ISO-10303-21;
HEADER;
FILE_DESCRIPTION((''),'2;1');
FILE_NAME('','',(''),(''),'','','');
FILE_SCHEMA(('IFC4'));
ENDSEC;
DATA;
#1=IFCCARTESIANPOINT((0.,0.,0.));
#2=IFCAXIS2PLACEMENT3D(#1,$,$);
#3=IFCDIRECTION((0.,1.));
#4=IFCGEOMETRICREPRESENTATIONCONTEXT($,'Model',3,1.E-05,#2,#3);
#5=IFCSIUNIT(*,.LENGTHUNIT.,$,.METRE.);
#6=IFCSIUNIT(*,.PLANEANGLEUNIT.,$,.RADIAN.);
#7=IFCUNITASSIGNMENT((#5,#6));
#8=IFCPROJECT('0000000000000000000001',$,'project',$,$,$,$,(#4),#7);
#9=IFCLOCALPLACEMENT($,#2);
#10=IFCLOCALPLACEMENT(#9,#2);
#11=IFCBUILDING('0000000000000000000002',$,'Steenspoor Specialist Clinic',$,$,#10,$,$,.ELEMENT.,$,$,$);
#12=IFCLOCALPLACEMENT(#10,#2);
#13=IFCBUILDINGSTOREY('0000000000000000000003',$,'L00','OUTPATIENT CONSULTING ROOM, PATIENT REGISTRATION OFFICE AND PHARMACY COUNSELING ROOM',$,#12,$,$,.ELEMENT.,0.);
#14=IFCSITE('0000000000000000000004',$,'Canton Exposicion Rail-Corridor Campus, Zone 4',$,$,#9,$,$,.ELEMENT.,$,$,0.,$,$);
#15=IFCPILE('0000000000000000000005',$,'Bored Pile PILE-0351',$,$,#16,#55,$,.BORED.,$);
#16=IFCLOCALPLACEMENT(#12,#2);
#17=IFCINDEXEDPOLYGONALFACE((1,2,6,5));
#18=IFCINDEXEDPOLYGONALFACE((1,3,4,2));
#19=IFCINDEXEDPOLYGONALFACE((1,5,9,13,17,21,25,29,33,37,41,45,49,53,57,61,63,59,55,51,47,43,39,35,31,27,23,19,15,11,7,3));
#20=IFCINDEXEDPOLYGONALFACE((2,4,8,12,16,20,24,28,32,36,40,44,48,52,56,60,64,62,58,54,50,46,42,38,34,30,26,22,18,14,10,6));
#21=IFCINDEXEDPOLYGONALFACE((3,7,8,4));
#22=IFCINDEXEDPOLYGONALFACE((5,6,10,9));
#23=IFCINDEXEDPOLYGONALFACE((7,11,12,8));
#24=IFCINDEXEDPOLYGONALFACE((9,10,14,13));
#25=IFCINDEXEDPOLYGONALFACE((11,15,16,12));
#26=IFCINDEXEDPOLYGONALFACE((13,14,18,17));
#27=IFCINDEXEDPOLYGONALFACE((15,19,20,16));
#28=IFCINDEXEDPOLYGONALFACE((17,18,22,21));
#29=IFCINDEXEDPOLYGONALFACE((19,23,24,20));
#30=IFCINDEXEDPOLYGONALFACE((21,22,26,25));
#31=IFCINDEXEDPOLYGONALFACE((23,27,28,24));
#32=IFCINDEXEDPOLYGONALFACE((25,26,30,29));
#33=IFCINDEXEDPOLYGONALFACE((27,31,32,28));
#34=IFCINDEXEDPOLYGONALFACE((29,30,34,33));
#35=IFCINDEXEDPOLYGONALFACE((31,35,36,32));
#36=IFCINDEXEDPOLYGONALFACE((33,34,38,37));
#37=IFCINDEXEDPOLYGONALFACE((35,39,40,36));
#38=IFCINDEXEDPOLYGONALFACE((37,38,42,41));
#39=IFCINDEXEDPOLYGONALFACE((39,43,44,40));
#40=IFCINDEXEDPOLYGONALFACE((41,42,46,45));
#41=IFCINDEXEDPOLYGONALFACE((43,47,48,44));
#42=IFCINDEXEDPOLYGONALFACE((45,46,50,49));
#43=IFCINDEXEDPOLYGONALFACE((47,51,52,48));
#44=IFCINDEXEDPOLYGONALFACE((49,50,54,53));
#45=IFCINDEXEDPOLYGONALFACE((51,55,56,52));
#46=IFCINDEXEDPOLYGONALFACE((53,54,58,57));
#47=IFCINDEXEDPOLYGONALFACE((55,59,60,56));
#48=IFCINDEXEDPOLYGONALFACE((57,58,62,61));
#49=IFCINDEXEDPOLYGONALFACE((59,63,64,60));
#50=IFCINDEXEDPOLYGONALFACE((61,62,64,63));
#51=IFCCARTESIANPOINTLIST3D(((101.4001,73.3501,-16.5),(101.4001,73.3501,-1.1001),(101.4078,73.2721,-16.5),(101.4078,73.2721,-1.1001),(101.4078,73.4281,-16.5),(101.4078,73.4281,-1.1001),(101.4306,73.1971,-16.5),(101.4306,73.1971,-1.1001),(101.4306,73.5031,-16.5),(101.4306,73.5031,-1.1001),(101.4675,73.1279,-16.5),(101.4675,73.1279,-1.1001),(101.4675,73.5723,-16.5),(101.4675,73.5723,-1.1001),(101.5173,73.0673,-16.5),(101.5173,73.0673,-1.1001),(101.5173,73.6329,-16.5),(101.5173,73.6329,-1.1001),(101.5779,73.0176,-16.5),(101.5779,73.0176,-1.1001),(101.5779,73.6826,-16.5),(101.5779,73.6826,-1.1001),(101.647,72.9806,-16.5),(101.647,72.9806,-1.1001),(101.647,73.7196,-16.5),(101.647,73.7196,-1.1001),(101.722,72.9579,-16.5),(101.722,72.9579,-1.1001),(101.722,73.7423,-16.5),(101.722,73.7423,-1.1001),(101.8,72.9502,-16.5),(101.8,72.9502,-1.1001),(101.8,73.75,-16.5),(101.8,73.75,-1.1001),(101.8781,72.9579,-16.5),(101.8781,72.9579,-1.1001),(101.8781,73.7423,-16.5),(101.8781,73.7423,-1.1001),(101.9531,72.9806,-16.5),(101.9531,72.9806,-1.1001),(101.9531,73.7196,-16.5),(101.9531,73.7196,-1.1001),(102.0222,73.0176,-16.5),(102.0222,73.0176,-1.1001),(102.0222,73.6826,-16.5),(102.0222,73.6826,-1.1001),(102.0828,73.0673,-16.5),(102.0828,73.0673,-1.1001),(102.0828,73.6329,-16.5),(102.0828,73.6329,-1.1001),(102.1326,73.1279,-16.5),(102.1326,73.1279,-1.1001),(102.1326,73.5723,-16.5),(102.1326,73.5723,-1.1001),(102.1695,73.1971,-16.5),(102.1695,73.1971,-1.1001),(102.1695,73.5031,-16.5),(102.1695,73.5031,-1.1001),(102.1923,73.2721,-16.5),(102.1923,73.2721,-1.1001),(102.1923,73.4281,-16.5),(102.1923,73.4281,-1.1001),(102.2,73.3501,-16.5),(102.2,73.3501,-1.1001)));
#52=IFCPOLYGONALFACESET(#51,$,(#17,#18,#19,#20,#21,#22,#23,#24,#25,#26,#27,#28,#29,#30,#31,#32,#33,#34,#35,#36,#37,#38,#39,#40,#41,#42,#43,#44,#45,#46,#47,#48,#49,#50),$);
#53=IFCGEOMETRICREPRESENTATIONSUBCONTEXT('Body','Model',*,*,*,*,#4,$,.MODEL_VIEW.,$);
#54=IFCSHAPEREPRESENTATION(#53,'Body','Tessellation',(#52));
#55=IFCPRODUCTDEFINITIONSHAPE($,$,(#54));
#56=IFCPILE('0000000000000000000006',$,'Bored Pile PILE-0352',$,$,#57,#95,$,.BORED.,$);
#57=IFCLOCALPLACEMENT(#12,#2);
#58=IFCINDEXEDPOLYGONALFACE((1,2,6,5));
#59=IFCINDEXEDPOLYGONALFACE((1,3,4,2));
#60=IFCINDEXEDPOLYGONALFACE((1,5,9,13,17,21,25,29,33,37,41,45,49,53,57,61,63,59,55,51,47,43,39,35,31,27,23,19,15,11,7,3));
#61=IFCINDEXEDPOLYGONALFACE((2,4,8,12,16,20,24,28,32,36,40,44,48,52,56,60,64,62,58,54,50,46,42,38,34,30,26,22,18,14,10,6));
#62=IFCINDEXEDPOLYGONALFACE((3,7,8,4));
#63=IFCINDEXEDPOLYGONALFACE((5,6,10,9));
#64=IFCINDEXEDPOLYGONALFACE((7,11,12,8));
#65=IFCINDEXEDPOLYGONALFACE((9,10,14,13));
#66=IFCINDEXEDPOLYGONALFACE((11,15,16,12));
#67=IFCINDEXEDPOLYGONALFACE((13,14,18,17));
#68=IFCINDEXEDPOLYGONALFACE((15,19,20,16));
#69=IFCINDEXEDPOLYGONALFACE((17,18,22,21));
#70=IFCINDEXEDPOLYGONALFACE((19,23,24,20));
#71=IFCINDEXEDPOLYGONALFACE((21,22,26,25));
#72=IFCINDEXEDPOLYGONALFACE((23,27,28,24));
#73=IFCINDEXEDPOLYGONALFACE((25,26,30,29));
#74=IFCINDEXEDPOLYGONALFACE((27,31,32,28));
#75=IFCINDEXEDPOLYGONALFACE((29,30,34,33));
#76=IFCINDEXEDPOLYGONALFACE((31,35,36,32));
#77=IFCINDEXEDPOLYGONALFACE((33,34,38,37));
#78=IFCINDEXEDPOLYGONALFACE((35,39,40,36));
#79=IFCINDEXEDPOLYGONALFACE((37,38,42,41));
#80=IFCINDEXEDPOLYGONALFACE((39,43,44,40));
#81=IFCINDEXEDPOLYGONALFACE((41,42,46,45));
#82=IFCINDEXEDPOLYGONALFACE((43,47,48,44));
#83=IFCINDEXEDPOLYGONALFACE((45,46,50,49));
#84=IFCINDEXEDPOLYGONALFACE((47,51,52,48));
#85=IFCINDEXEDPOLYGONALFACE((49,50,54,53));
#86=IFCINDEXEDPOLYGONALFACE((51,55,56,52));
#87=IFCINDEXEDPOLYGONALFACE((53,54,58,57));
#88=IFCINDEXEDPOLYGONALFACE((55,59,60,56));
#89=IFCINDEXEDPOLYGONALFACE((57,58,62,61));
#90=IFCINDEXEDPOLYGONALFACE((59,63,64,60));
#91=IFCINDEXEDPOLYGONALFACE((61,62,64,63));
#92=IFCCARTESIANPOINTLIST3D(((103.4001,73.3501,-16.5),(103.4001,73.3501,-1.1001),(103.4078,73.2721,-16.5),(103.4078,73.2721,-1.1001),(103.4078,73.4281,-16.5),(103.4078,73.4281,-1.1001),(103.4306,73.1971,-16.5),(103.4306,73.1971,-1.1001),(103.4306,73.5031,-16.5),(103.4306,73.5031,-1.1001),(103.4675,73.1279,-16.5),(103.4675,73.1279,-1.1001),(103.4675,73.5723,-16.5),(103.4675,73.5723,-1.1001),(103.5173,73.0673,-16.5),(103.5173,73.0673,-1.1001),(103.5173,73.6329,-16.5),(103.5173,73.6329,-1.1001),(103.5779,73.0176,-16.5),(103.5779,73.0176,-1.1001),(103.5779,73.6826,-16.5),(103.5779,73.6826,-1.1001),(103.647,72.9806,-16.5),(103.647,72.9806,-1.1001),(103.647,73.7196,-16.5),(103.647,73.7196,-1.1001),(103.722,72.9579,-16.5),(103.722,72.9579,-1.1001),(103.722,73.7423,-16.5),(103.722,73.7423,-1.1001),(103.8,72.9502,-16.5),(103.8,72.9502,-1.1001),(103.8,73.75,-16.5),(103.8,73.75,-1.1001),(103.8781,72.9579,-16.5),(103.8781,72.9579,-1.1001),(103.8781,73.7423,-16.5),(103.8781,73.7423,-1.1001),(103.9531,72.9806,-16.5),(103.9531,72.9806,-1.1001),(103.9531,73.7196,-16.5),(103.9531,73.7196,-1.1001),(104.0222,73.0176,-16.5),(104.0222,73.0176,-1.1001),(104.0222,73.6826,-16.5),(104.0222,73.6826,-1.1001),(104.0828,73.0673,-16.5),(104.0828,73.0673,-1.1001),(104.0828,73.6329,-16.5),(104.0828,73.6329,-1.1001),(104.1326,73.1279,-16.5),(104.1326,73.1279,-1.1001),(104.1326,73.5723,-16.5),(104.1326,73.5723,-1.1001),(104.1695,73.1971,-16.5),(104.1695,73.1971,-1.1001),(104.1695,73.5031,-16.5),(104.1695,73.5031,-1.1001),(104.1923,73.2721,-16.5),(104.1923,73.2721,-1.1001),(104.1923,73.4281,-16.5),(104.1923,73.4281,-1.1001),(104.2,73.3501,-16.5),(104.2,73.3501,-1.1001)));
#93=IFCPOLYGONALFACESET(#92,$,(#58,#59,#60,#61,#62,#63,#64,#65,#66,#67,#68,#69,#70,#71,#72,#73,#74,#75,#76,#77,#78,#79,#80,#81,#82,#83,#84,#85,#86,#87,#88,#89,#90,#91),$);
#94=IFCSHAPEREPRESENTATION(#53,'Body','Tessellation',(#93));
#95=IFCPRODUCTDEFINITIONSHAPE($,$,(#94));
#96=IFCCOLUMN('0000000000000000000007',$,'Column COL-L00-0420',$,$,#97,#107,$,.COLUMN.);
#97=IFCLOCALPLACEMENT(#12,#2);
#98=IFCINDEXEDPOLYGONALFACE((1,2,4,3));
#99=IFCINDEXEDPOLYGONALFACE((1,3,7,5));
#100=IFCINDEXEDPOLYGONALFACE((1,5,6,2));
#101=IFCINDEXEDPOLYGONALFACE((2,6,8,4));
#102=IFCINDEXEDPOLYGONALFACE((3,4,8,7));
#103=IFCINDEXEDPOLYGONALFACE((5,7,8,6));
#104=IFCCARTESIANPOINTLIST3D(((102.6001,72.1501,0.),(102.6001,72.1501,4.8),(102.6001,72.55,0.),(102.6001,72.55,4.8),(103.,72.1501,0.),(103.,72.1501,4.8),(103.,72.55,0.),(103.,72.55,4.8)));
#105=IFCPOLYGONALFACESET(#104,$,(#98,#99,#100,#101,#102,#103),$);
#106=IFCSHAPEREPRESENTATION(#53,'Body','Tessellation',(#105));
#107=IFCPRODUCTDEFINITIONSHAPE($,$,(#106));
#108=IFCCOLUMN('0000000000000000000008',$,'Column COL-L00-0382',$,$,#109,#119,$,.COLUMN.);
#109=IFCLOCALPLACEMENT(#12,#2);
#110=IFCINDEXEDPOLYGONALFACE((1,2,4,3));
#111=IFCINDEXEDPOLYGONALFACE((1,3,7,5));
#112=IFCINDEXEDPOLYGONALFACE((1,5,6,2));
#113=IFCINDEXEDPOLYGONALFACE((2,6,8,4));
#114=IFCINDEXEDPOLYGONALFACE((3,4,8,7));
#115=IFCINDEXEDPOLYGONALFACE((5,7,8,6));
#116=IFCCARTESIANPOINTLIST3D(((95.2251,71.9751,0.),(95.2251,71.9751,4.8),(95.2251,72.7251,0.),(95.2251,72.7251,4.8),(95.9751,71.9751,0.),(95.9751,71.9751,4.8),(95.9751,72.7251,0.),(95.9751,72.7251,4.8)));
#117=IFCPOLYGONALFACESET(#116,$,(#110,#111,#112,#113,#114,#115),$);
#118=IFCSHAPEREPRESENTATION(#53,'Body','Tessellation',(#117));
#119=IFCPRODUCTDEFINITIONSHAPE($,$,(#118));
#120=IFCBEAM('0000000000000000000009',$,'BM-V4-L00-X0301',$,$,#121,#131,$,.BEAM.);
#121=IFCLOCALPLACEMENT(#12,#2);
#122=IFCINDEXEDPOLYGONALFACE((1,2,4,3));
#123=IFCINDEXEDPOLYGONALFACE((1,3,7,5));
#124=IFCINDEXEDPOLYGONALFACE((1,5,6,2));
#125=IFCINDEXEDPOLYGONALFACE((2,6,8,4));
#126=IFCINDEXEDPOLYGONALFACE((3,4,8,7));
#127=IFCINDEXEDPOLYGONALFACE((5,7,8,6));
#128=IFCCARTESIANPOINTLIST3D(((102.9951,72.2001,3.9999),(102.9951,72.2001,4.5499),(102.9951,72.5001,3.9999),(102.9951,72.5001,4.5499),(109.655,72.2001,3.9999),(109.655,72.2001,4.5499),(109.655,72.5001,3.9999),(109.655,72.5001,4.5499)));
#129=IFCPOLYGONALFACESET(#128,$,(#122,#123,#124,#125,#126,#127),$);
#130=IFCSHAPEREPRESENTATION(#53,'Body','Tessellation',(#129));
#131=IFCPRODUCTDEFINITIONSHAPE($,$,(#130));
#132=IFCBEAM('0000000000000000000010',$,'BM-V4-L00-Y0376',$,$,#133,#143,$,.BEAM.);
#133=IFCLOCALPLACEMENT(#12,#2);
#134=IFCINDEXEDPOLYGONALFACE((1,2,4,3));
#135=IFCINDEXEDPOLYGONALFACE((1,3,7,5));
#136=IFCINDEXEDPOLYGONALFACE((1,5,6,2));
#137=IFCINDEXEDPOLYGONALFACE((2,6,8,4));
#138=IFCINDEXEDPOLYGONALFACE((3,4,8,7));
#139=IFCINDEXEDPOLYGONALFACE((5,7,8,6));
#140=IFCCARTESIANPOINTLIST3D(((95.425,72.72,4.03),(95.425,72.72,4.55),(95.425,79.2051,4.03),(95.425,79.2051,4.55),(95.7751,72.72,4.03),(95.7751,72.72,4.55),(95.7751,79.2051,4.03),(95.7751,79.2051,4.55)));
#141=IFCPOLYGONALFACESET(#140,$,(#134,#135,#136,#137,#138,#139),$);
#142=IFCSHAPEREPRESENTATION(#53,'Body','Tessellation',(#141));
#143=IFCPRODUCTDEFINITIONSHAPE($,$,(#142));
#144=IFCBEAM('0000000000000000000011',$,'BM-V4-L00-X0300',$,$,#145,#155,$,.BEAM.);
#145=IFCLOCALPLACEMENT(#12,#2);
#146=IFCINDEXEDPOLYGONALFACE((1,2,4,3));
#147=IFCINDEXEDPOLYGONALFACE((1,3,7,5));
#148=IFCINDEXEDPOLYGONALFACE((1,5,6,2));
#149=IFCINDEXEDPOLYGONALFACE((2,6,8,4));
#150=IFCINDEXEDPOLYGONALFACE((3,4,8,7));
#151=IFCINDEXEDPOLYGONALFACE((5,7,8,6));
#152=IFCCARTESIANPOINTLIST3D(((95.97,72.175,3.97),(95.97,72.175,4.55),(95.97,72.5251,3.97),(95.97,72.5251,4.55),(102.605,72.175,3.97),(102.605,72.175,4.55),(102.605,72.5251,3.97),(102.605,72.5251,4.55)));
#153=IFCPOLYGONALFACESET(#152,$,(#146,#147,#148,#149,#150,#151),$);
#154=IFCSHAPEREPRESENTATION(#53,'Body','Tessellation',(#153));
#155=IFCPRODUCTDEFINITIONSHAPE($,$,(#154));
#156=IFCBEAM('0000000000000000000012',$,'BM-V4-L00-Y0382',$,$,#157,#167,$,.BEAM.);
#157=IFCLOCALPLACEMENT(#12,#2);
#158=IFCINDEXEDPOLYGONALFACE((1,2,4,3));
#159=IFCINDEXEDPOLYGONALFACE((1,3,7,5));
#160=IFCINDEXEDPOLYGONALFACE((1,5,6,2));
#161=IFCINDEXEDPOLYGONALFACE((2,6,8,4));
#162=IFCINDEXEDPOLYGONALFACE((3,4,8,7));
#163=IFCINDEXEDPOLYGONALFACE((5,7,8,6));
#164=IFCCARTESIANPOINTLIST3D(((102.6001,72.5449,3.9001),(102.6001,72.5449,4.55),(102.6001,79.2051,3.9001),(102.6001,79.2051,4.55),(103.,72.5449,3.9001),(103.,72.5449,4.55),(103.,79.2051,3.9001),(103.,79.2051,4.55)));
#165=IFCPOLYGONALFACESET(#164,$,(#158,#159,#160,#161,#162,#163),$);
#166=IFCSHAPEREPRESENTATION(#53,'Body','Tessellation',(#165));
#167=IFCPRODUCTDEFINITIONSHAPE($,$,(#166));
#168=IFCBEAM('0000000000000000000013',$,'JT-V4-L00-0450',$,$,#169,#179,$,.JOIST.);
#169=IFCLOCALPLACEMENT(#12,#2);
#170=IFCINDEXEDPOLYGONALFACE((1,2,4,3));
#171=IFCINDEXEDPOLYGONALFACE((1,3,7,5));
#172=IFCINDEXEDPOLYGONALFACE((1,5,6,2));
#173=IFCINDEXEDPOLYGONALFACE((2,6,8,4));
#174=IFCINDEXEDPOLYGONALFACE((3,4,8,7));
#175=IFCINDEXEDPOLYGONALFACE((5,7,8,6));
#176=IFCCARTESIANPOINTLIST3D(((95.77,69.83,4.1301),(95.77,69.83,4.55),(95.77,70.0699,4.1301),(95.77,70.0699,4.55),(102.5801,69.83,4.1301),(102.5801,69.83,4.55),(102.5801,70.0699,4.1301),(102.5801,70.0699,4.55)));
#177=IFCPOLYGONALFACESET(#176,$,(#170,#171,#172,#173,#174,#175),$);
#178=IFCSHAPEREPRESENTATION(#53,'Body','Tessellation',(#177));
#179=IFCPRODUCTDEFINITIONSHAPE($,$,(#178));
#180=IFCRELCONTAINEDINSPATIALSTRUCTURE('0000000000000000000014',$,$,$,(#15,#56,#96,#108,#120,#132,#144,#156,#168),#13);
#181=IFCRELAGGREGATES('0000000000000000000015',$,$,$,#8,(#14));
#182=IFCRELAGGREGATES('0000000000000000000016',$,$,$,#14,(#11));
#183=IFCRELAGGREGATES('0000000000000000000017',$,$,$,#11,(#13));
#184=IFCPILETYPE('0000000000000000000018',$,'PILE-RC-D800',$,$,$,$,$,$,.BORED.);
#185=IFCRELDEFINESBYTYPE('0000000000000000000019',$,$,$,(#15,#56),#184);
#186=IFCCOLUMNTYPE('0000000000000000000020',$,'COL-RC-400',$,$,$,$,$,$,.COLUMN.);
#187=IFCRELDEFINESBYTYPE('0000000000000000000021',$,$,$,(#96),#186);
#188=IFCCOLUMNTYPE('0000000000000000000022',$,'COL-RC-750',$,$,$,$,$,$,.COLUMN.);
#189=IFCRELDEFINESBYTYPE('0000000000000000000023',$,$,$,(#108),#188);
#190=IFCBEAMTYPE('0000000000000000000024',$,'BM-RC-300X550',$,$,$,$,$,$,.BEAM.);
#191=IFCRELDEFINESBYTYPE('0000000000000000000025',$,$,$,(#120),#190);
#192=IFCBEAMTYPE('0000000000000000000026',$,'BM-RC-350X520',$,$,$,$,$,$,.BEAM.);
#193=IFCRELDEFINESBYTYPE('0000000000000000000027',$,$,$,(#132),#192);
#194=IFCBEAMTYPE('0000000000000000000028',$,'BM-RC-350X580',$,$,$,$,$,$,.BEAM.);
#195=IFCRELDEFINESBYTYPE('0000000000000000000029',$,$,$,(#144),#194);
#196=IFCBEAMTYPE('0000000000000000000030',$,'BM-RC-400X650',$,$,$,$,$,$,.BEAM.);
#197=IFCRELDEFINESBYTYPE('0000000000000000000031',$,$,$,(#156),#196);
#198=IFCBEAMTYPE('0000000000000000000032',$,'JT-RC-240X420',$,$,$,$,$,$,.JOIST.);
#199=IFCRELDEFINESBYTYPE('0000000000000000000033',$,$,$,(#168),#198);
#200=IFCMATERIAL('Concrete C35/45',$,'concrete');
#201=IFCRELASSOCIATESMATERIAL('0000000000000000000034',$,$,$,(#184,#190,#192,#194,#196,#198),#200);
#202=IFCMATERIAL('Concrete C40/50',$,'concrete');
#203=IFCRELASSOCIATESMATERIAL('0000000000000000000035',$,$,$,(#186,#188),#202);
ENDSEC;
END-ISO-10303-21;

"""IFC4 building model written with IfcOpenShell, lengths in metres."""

from ifc_helpers import new_model, si_unit, direction, frame, origin, origin_2d, place, context, subcontext, project, spatial, rectangle, circle, extrude, material, material_profile, profile_set, type_object, element, save


model = new_model("IFC4")

# Units and contexts
model_context = context("Model", 3, precision=1e-05, world=origin(), true_north=direction((0.0, 1.0)))
body_context = subcontext(model_context, "Body", "Model", "MODEL_VIEW")
ifc_project = project(units=[si_unit("LENGTHUNIT", "METRE"), si_unit("PLANEANGLEUNIT", "RADIAN")], contexts=[model_context])

# Site, building, storey
site_placement = place(None, origin())
site = spatial("IfcSite", under=ifc_project, at=site_placement, Name="Canton Exposicion Rail-Corridor Campus, Zone 4", CompositionType="ELEMENT", RefElevation=0.0)
building_placement = place(site_placement, origin())
building = spatial("IfcBuilding", under=site, at=building_placement, Name="Steenspoor Specialist Clinic", CompositionType="ELEMENT")
storey_placement = place(building_placement, origin())
storey = spatial("IfcBuildingStorey", under=building, at=storey_placement, Name="L00", Description="OUTPATIENT CONSULTING ROOM, PATIENT REGISTRATION OFFICE AND PHARMACY COUNSELING ROOM", CompositionType="ELEMENT", Elevation=0.0)

# Shared definitions
ifc_material_1 = material(Name="Concrete C35/45", Category="concrete")

# Piles
ifc_material_profile_1 = material_profile(ifc_material_1, circle(Radius=0.3999, at=origin_2d()), Name="PILE-D800")
ifc_profile_set_1 = profile_set([ifc_material_profile_1], Name="Concrete C35/45")
pile_type_1 = type_object("IfcPileType", Name="PILE-RC-D800", PredefinedType="BORED", material=ifc_profile_set_1)
for number, where, z_axis, x_axis, name in (
    (1, (101.8, 73.3501, -1.1001), (0.0, 0.0, -1.0), (1.0, 0.0, 0.0), "Bored Pile PILE-0351"),
    (2, (103.8, 73.3501, -1.1001), (0.0, 0.0, -1.0), (1.0, 0.0, 0.0), "Bored Pile PILE-0352"),
):
    element("IfcPile", number, at=place(storey_placement, frame(where, z_axis=z_axis, x_axis=x_axis)), inside=storey, type_object=pile_type_1, Name=name, PredefinedType="BORED", context=body_context, shape_type="SweptSolid", body=[
        extrude(circle(Radius=0.3999, at=origin_2d()), origin(), (0.0, 0.0, 1.0), 15.3999),
    ])

# Columns
ifc_material_2 = material(Name="Concrete C40/50", Category="concrete")
ifc_material_profile_2 = material_profile(ifc_material_2, rectangle(XDim=0.3999, YDim=0.3999, at=origin_2d()), Name="RC-COL-400X400")
ifc_profile_set_2 = profile_set([ifc_material_profile_2], Name="Concrete C40/50")
column_type_1 = type_object("IfcColumnType", Name="COL-RC-400", PredefinedType="COLUMN", material=ifc_profile_set_2)
column_1_placement = place(storey_placement, frame((102.8, 72.3501, 0.0), z_axis=(0.0, 0.0, 1.0), x_axis=(1.0, 0.0, 0.0)))
element("IfcColumn", 3, at=column_1_placement, inside=storey, type_object=column_type_1, Name="Column COL-L00-0420", PredefinedType="COLUMN", context=body_context, shape_type="SweptSolid", body=[
    extrude(rectangle(XDim=0.3999, YDim=0.3999, at=origin_2d()), origin(), (0.0, 0.0, 1.0), 4.8),
])
ifc_material_profile_3 = material_profile(ifc_material_2, rectangle(XDim=0.75, YDim=0.75, at=origin_2d()), Name="RC-COL-750X750")
ifc_profile_set_3 = profile_set([ifc_material_profile_3], Name="Concrete C40/50")
column_type_2 = type_object("IfcColumnType", Name="COL-RC-750", PredefinedType="COLUMN", material=ifc_profile_set_3)
column_2_placement = place(storey_placement, frame((95.6001, 72.3501, 0.0), z_axis=(0.0, 0.0, 1.0), x_axis=(1.0, 0.0, 0.0)))
element("IfcColumn", 4, at=column_2_placement, inside=storey, type_object=column_type_2, Name="Column COL-L00-0382", PredefinedType="COLUMN", context=body_context, shape_type="SweptSolid", body=[
    extrude(rectangle(XDim=0.75, YDim=0.75, at=origin_2d()), origin(), (0.0, 0.0, 1.0), 4.8),
])

# Beams
ifc_material_profile_4 = material_profile(ifc_material_1, rectangle(XDim=0.3, YDim=0.55, at=origin_2d()), Name="RC-BM-300X550")
ifc_profile_set_4 = profile_set([ifc_material_profile_4], Name="Concrete C35/45")
beam_type_1 = type_object("IfcBeamType", Name="BM-RC-300X550", PredefinedType="BEAM", material=ifc_profile_set_4)
beam_1_placement = place(storey_placement, frame((102.9951, 72.3501, 4.2749), z_axis=(1.0, 0.0, 0.0), x_axis=(0.0, 1.0, 0.0)))
element("IfcBeam", 5, at=beam_1_placement, inside=storey, type_object=beam_type_1, Name="BM-V4-L00-X0301", PredefinedType="BEAM", context=body_context, shape_type="SweptSolid", body=[
    extrude(rectangle(XDim=0.3, YDim=0.55, at=origin_2d()), origin(), (0.0, 0.0, 1.0), 6.6599),
])
ifc_material_profile_5 = material_profile(ifc_material_1, rectangle(XDim=0.3501, YDim=0.52, at=origin_2d()), Name="RC-BM-350X520")
ifc_profile_set_5 = profile_set([ifc_material_profile_5], Name="Concrete C35/45")
beam_type_2 = type_object("IfcBeamType", Name="BM-RC-350X520", PredefinedType="BEAM", material=ifc_profile_set_5)
beam_2_placement = place(storey_placement, frame((95.6001, 72.72, 4.29), z_axis=(0.0, 1.0, 0.0), x_axis=(-1.0, 0.0, 0.0)))
element("IfcBeam", 6, at=beam_2_placement, inside=storey, type_object=beam_type_2, Name="BM-V4-L00-Y0376", PredefinedType="BEAM", context=body_context, shape_type="SweptSolid", body=[
    extrude(rectangle(XDim=0.3501, YDim=0.52, at=origin_2d()), origin(), (0.0, 0.0, 1.0), 6.4851),
])
ifc_material_profile_6 = material_profile(ifc_material_1, rectangle(XDim=0.3501, YDim=0.5801, at=origin_2d()), Name="RC-BM-350X580")
ifc_profile_set_6 = profile_set([ifc_material_profile_6], Name="Concrete C35/45")
beam_type_3 = type_object("IfcBeamType", Name="BM-RC-350X580", PredefinedType="BEAM", material=ifc_profile_set_6)
beam_3_placement = place(storey_placement, frame((95.97, 72.3501, 4.26), z_axis=(1.0, 0.0, 0.0), x_axis=(0.0, 1.0, 0.0)))
element("IfcBeam", 7, at=beam_3_placement, inside=storey, type_object=beam_type_3, Name="BM-V4-L00-X0300", PredefinedType="BEAM", context=body_context, shape_type="SweptSolid", body=[
    extrude(rectangle(XDim=0.3501, YDim=0.5801, at=origin_2d()), origin(), (0.0, 0.0, 1.0), 6.635),
])
ifc_material_profile_7 = material_profile(ifc_material_1, rectangle(XDim=0.3999, YDim=0.6499, at=origin_2d()), Name="RC-BM-400X650")
ifc_profile_set_7 = profile_set([ifc_material_profile_7], Name="Concrete C35/45")
beam_type_4 = type_object("IfcBeamType", Name="BM-RC-400X650", PredefinedType="BEAM", material=ifc_profile_set_7)
beam_4_placement = place(storey_placement, frame((102.8, 72.5449, 4.2251), z_axis=(0.0, 1.0, 0.0), x_axis=(-1.0, 0.0, 0.0)))
element("IfcBeam", 8, at=beam_4_placement, inside=storey, type_object=beam_type_4, Name="BM-V4-L00-Y0382", PredefinedType="BEAM", context=body_context, shape_type="SweptSolid", body=[
    extrude(rectangle(XDim=0.3999, YDim=0.6499, at=origin_2d()), origin(), (0.0, 0.0, 1.0), 6.6602),
])
ifc_material_profile_8 = material_profile(ifc_material_1, rectangle(XDim=0.24, YDim=0.4199, at=origin_2d()), Name="RC-JT-240X420")
ifc_profile_set_8 = profile_set([ifc_material_profile_8], Name="Concrete C35/45")
beam_type_5 = type_object("IfcBeamType", Name="JT-RC-240X420", PredefinedType="JOIST", material=ifc_profile_set_8)
beam_5_placement = place(storey_placement, frame((95.77, 69.95, 4.3401), z_axis=(1.0, 0.0, 0.0), x_axis=(0.0, 1.0, 0.0)))
element("IfcBeam", 9, at=beam_5_placement, inside=storey, type_object=beam_type_5, Name="JT-V4-L00-0450", PredefinedType="JOIST", context=body_context, shape_type="SweptSolid", body=[
    extrude(rectangle(XDim=0.24, YDim=0.4199, at=origin_2d()), origin(), (0.0, 0.0, 1.0), 6.8101),
])

save(model, "model.ifc")
